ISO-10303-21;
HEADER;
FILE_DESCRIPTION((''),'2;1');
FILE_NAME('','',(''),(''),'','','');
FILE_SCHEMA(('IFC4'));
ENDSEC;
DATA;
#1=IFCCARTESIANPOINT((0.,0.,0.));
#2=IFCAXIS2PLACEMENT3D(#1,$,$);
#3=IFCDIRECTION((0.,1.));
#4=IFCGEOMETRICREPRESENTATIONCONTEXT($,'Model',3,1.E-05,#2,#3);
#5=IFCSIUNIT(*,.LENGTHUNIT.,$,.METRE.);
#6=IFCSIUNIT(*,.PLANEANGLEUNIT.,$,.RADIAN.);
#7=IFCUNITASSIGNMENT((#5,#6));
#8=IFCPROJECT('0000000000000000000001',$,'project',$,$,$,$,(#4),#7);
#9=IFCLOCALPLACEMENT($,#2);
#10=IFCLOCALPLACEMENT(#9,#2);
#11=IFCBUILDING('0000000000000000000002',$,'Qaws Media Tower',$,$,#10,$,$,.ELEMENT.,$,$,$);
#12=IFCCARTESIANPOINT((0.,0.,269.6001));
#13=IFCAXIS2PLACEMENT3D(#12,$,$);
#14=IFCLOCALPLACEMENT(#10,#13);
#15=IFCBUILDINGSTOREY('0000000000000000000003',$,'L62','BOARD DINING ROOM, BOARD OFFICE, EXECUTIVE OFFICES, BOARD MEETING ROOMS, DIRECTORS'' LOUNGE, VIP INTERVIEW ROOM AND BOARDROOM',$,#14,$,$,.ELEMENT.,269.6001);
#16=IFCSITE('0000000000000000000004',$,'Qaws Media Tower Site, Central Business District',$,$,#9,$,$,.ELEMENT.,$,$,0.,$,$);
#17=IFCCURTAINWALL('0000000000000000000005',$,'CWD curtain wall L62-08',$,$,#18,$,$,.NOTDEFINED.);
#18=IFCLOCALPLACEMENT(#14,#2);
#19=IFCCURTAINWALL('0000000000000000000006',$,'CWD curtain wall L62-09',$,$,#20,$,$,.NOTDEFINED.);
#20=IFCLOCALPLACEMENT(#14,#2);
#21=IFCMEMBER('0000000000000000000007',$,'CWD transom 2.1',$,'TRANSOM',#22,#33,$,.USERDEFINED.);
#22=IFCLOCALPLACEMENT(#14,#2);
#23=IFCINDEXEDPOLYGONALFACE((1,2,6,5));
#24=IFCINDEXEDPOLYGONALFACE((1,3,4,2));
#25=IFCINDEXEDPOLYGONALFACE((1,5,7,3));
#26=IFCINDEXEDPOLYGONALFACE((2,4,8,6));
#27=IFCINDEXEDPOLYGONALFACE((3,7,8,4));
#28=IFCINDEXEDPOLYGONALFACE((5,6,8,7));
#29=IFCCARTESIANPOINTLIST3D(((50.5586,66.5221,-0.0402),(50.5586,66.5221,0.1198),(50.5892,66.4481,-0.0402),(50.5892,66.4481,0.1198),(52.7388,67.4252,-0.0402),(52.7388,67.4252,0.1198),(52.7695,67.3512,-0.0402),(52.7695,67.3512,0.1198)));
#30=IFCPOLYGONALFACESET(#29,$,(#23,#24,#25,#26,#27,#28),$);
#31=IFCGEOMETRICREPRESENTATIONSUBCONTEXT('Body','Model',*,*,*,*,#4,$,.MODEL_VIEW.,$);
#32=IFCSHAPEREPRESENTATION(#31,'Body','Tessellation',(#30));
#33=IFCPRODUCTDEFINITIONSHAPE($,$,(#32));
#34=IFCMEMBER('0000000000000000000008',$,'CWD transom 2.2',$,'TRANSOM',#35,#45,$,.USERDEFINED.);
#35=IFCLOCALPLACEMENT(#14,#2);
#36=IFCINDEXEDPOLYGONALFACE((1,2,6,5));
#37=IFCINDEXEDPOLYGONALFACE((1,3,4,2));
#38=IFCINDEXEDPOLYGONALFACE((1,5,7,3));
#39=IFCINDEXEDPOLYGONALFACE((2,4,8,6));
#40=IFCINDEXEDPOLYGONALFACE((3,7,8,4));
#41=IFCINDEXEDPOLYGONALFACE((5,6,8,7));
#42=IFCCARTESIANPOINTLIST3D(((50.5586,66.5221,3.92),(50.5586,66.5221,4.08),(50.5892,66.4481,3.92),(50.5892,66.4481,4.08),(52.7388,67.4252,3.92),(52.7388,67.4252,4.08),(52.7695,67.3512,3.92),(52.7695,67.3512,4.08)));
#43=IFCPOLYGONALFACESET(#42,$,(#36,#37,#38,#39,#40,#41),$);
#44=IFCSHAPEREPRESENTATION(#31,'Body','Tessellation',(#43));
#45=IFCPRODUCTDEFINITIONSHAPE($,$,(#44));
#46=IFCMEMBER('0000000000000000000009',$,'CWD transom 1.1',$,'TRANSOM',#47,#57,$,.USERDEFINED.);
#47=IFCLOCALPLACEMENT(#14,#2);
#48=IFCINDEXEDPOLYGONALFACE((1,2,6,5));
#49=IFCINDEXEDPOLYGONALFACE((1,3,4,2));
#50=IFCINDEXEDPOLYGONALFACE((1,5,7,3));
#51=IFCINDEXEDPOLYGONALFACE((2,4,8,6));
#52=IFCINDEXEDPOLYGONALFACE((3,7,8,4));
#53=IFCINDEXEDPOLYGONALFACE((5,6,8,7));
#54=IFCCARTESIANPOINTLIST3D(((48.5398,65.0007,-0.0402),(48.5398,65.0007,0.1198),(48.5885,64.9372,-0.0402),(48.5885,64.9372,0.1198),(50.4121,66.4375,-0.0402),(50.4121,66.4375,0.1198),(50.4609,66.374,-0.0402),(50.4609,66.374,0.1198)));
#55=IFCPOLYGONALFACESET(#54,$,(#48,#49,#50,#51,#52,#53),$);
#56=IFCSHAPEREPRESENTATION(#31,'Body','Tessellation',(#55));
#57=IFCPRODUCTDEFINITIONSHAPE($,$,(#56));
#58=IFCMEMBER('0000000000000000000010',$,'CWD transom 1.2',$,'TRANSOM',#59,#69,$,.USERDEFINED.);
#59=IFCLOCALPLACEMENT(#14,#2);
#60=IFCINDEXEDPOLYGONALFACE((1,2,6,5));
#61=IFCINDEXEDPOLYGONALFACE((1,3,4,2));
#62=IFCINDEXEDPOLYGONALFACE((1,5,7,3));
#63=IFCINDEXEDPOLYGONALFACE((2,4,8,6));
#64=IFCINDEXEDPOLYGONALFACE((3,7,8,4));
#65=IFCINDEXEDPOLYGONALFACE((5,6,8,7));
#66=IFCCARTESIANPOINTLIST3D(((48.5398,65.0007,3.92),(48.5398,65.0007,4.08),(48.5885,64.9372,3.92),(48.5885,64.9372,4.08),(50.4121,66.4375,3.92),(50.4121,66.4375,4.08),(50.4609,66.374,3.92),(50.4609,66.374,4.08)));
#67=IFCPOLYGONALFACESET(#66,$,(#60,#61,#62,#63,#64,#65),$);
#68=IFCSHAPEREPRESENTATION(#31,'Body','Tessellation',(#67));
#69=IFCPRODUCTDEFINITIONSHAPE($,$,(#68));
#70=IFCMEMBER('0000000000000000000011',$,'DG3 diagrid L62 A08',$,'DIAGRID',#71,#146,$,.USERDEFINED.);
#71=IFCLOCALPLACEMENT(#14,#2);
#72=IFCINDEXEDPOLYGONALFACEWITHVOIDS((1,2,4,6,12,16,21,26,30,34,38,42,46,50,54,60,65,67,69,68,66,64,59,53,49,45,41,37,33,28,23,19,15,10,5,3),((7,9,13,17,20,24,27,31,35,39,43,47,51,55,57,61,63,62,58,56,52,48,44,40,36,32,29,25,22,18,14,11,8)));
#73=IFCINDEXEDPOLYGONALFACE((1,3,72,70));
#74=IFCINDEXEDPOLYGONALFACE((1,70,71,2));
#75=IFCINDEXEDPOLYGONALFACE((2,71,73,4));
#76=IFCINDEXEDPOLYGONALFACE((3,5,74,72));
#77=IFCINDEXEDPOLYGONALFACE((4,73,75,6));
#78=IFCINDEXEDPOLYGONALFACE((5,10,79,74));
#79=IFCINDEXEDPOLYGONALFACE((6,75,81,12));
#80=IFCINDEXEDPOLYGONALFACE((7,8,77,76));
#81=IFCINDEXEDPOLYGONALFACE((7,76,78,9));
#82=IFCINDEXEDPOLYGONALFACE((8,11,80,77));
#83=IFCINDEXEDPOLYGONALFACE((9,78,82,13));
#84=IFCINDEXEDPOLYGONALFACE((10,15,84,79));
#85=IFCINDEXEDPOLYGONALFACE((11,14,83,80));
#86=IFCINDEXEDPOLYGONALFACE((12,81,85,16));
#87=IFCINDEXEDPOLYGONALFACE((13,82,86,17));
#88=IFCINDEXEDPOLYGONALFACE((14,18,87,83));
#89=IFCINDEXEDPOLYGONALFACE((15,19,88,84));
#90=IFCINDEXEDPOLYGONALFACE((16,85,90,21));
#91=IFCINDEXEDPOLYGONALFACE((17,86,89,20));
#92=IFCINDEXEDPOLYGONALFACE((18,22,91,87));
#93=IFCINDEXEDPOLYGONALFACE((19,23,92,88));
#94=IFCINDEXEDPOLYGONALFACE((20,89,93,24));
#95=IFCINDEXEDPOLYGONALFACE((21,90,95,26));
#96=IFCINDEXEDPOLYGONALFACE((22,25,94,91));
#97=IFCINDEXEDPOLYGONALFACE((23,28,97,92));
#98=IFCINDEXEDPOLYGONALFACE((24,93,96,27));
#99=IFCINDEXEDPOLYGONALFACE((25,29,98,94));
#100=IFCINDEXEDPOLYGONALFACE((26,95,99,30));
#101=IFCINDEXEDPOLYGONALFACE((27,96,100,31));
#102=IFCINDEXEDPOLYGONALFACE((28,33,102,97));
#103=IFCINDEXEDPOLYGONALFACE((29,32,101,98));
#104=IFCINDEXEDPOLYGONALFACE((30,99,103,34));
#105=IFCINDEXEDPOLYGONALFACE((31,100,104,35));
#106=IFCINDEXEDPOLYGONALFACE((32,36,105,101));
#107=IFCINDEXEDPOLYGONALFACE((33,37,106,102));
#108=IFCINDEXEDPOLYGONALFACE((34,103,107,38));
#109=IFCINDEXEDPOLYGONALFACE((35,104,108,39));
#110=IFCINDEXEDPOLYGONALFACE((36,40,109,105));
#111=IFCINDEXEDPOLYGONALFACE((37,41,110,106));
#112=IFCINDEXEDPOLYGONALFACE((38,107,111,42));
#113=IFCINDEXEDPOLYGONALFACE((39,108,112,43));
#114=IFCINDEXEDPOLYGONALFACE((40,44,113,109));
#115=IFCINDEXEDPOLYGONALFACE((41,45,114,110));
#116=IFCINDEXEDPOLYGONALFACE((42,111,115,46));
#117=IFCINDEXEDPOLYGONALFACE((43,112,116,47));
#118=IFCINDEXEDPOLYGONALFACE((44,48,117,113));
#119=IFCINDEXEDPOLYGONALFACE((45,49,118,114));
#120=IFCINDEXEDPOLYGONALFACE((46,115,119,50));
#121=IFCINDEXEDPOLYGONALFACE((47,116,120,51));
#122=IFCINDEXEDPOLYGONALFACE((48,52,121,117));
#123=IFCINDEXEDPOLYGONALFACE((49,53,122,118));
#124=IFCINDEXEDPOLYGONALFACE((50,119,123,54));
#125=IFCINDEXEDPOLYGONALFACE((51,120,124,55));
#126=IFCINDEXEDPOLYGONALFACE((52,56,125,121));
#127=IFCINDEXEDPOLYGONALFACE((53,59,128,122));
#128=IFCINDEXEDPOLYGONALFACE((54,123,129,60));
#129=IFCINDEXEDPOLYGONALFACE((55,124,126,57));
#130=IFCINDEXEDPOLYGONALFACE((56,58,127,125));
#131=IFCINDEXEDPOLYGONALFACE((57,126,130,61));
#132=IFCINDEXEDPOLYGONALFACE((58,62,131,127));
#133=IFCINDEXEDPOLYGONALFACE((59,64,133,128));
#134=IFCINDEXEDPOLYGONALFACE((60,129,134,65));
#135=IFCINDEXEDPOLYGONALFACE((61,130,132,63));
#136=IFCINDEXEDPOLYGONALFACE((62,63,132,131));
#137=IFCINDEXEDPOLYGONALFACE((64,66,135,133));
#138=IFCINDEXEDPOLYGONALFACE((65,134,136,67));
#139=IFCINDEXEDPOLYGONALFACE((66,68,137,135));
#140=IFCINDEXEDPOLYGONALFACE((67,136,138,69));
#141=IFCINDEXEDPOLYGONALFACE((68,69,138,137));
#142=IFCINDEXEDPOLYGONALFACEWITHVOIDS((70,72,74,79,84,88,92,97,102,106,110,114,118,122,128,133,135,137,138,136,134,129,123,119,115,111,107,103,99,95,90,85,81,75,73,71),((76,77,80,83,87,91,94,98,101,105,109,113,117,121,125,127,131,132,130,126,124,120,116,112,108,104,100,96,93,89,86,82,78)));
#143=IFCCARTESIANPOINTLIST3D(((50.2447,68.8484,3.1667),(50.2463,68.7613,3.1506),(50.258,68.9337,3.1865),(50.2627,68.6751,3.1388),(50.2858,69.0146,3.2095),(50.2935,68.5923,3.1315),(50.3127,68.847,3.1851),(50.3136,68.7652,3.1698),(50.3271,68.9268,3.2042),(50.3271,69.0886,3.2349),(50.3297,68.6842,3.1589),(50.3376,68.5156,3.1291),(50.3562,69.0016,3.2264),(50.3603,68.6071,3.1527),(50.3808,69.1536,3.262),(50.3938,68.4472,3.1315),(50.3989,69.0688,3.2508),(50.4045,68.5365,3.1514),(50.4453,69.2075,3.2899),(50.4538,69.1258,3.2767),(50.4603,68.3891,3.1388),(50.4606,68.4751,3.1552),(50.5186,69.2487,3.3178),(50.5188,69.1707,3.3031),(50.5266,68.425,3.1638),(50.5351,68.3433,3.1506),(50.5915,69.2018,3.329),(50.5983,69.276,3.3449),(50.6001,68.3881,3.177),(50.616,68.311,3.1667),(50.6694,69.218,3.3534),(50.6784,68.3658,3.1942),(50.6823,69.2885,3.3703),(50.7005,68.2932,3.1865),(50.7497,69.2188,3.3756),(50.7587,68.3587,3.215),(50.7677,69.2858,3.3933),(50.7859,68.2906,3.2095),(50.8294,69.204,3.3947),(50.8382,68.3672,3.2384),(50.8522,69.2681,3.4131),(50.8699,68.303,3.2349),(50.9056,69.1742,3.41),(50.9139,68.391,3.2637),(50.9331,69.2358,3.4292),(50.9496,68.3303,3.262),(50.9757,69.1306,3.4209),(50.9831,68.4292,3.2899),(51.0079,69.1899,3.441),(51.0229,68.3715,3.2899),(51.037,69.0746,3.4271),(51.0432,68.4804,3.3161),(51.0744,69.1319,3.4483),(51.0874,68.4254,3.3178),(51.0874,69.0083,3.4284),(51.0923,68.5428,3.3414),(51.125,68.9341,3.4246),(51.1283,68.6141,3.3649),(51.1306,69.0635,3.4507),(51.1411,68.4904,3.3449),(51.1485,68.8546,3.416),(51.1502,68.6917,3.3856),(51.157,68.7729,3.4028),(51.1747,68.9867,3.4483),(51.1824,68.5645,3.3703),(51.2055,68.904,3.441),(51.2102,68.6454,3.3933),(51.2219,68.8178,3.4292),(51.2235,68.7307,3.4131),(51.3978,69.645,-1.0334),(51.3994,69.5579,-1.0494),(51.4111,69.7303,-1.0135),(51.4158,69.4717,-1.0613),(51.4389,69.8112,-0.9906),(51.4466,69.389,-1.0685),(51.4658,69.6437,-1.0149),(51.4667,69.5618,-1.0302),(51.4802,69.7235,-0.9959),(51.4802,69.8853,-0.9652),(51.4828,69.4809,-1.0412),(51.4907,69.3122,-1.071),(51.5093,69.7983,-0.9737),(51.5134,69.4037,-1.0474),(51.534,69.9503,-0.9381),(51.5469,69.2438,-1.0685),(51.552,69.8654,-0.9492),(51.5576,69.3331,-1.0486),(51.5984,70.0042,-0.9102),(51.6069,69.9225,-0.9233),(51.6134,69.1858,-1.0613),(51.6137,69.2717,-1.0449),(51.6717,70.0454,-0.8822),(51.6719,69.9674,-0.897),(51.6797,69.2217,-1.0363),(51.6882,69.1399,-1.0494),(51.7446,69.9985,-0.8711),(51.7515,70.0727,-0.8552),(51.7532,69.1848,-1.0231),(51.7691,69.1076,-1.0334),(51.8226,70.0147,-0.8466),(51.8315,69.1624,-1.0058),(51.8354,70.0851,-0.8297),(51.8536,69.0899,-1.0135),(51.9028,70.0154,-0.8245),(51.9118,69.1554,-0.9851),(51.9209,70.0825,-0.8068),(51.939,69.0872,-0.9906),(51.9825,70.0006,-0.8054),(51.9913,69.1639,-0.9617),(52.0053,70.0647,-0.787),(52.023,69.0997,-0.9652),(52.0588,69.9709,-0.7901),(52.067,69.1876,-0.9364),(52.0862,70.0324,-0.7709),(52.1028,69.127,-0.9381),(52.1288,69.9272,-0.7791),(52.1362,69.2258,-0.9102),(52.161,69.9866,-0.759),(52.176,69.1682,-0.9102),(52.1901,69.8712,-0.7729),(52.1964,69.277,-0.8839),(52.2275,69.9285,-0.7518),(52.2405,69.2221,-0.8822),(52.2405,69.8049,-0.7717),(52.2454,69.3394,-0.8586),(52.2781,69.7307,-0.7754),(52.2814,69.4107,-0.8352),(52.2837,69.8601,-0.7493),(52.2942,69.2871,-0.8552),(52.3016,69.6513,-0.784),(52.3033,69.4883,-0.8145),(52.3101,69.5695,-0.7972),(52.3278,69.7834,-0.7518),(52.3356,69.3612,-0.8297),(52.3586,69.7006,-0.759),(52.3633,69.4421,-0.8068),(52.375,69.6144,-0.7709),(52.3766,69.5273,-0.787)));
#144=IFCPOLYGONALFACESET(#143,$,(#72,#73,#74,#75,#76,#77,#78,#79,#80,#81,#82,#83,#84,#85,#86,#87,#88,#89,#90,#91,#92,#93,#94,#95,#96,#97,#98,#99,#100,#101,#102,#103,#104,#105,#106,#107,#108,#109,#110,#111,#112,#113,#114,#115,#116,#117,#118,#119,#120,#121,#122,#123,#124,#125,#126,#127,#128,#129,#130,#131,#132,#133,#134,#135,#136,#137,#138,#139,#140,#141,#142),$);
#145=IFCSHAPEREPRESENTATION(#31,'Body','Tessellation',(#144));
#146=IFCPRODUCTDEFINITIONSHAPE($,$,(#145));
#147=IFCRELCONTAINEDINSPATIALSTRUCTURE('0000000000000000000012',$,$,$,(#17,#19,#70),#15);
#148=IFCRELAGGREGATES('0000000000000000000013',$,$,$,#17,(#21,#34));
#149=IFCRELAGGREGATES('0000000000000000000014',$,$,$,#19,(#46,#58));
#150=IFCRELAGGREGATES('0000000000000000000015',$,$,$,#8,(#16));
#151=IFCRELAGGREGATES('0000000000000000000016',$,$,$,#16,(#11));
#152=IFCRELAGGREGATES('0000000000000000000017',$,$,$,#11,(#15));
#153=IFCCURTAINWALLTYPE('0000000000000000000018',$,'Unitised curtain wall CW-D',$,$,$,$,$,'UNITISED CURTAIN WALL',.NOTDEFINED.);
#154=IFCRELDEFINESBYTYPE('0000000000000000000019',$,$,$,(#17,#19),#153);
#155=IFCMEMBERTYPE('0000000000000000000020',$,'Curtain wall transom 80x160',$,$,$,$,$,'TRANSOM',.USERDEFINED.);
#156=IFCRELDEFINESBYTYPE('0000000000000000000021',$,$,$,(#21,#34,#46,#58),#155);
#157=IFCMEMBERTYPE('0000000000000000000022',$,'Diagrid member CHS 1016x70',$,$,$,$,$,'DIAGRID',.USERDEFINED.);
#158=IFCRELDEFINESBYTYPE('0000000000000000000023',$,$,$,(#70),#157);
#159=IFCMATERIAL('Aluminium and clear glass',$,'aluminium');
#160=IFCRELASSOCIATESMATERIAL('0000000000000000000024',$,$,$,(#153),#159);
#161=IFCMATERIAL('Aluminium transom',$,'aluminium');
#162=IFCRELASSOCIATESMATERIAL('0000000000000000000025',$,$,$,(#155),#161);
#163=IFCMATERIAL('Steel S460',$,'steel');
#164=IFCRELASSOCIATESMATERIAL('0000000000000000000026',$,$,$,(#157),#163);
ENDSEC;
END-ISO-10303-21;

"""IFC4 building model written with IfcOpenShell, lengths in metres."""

from ifc_helpers import new_model, si_unit, direction, frame, origin, origin_2d, place, context, subcontext, project, spatial, rectangle, hollow_circle, extrude, material, material_profile, profile_set, type_object, element, aggregate, save


model = new_model("IFC4")

# Units and contexts
model_context = context("Model", 3, precision=1e-05, world=origin(), true_north=direction((0.0, 1.0)))
body_context = subcontext(model_context, "Body", "Model", "MODEL_VIEW")
ifc_project = project(units=[si_unit("LENGTHUNIT", "METRE"), si_unit("PLANEANGLEUNIT", "RADIAN")], contexts=[model_context])

# Site, building, storey
site_placement = place(None, origin())
site = spatial("IfcSite", under=ifc_project, at=site_placement, Name="Qaws Media Tower Site, Central Business District", CompositionType="ELEMENT", RefElevation=0.0)
building_placement = place(site_placement, origin())
building = spatial("IfcBuilding", under=site, at=building_placement, Name="Qaws Media Tower", CompositionType="ELEMENT")
storey_placement = place(building_placement, frame((0.0, 0.0, 269.6001)))
storey = spatial("IfcBuildingStorey", under=building, at=storey_placement, Name="L62", Description="BOARD DINING ROOM, BOARD OFFICE, EXECUTIVE OFFICES, BOARD MEETING ROOMS, DIRECTORS' LOUNGE, VIP INTERVIEW ROOM AND BOARDROOM", CompositionType="ELEMENT", Elevation=269.6001)

# Curtain walls
ifc_material_1 = material(Name="Aluminium and clear glass", Category="aluminium")
curtain_wall_type = type_object("IfcCurtainWallType", Name="Unitised curtain wall CW-D", ElementType="UNITISED CURTAIN WALL", PredefinedType="NOTDEFINED", material=ifc_material_1)
curtain_wall_1_placement = place(storey_placement, origin())
curtain_wall_1 = element("IfcCurtainWall", 1, at=curtain_wall_1_placement, inside=storey, type_object=curtain_wall_type, Name="CWD curtain wall L62-08", PredefinedType="NOTDEFINED")
curtain_wall_2_placement = place(storey_placement, origin())
curtain_wall_2 = element("IfcCurtainWall", 2, at=curtain_wall_2_placement, inside=storey, type_object=curtain_wall_type, Name="CWD curtain wall L62-09", PredefinedType="NOTDEFINED")

# Members
ifc_material_2 = material(Name="Aluminium transom", Category="aluminium")
ifc_material_profile_1 = material_profile(ifc_material_2, rectangle(XDim=0.0801, YDim=0.1599, at=origin_2d()), Name="80x160")
ifc_profile_set_1 = profile_set([ifc_material_profile_1], Name="Aluminium transom")
member_type_1 = type_object("IfcMemberType", Name="Curtain wall transom 80x160", ElementType="TRANSOM", PredefinedType="USERDEFINED", material=ifc_profile_set_1)
member_1_placement = place(storey_placement, frame((52.7542, 67.3882, 0.0398), z_axis=(-0.923877, -0.38269, 0.0), x_axis=(0.38269, -0.923877, 0.0)))
member_1 = element("IfcMember", 3, at=member_1_placement, type_object=member_type_1, Name="CWD transom 2.1", ObjectType="TRANSOM", PredefinedType="USERDEFINED", context=body_context, shape_type="SweptSolid", body=[
    extrude(rectangle(XDim=0.0801, YDim=0.1599, at=origin_2d()), origin(), (0.0, 0.0, 1.0), 2.3599),
])
member_2_placement = place(storey_placement, frame((52.7542, 67.3882, 4.0), z_axis=(-0.923877, -0.38269, 0.0), x_axis=(0.38269, -0.923877, 0.0)))
member_2 = element("IfcMember", 4, at=member_2_placement, type_object=member_type_1, Name="CWD transom 2.2", ObjectType="TRANSOM", PredefinedType="USERDEFINED", context=body_context, shape_type="SweptSolid", body=[
    extrude(rectangle(XDim=0.0801, YDim=0.1599, at=origin_2d()), origin(), (0.0, 0.0, 1.0), 2.3599),
])
member_3_placement = place(storey_placement, frame((50.4365, 66.4058, 0.0398), z_axis=(-0.793335, -0.608785, 0.0), x_axis=(0.608785, -0.793335, 0.0)))
member_3 = element("IfcMember", 5, at=member_3_placement, type_object=member_type_1, Name="CWD transom 1.1", ObjectType="TRANSOM", PredefinedType="USERDEFINED", context=body_context, shape_type="SweptSolid", body=[
    extrude(rectangle(XDim=0.0801, YDim=0.1599, at=origin_2d()), origin(), (0.0, 0.0, 1.0), 2.3601),
])
member_4_placement = place(storey_placement, frame((50.4365, 66.4058, 4.0), z_axis=(-0.793335, -0.608785, 0.0), x_axis=(0.608785, -0.793335, 0.0)))
member_4 = element("IfcMember", 6, at=member_4_placement, type_object=member_type_1, Name="CWD transom 1.2", ObjectType="TRANSOM", PredefinedType="USERDEFINED", context=body_context, shape_type="SweptSolid", body=[
    extrude(rectangle(XDim=0.0801, YDim=0.1599, at=origin_2d()), origin(), (0.0, 0.0, 1.0), 2.3601),
])

# Member
ifc_material_3 = material(Name="Steel S460", Category="steel")
ifc_material_profile_2 = material_profile(ifc_material_3, hollow_circle(Radius=0.5081, WallThickness=0.0701, at=origin_2d()), Name="CHS 1016x70")
ifc_profile_set_2 = profile_set([ifc_material_profile_2], Name="Steel S460")
member_type_2 = type_object("IfcMemberType", Name="Diagrid member CHS 1016x70", ElementType="DIAGRID", PredefinedType="USERDEFINED", material=ifc_profile_set_2)
for number, where, z_axis, x_axis, name in (
    (7, (51.8872, 69.5862, -0.9102), (-0.260428, -0.179923, 0.94858), (0.568413, -0.822744, 0.0), "DG3 diagrid L62 A08"),
):
    element("IfcMember", number, at=place(storey_placement, frame(where, z_axis=z_axis, x_axis=x_axis)), inside=storey, type_object=member_type_2, Name=name, ObjectType="DIAGRID", PredefinedType="USERDEFINED", context=body_context, shape_type="SweptSolid", body=[
        extrude(hollow_circle(Radius=0.5081, WallThickness=0.0701, at=origin_2d()), origin(), (0.0, 0.0, 1.0), 4.4277),
    ])

aggregate(curtain_wall_1, [member_1, member_2])
aggregate(curtain_wall_2, [member_3, member_4])

save(model, "model.ifc")
